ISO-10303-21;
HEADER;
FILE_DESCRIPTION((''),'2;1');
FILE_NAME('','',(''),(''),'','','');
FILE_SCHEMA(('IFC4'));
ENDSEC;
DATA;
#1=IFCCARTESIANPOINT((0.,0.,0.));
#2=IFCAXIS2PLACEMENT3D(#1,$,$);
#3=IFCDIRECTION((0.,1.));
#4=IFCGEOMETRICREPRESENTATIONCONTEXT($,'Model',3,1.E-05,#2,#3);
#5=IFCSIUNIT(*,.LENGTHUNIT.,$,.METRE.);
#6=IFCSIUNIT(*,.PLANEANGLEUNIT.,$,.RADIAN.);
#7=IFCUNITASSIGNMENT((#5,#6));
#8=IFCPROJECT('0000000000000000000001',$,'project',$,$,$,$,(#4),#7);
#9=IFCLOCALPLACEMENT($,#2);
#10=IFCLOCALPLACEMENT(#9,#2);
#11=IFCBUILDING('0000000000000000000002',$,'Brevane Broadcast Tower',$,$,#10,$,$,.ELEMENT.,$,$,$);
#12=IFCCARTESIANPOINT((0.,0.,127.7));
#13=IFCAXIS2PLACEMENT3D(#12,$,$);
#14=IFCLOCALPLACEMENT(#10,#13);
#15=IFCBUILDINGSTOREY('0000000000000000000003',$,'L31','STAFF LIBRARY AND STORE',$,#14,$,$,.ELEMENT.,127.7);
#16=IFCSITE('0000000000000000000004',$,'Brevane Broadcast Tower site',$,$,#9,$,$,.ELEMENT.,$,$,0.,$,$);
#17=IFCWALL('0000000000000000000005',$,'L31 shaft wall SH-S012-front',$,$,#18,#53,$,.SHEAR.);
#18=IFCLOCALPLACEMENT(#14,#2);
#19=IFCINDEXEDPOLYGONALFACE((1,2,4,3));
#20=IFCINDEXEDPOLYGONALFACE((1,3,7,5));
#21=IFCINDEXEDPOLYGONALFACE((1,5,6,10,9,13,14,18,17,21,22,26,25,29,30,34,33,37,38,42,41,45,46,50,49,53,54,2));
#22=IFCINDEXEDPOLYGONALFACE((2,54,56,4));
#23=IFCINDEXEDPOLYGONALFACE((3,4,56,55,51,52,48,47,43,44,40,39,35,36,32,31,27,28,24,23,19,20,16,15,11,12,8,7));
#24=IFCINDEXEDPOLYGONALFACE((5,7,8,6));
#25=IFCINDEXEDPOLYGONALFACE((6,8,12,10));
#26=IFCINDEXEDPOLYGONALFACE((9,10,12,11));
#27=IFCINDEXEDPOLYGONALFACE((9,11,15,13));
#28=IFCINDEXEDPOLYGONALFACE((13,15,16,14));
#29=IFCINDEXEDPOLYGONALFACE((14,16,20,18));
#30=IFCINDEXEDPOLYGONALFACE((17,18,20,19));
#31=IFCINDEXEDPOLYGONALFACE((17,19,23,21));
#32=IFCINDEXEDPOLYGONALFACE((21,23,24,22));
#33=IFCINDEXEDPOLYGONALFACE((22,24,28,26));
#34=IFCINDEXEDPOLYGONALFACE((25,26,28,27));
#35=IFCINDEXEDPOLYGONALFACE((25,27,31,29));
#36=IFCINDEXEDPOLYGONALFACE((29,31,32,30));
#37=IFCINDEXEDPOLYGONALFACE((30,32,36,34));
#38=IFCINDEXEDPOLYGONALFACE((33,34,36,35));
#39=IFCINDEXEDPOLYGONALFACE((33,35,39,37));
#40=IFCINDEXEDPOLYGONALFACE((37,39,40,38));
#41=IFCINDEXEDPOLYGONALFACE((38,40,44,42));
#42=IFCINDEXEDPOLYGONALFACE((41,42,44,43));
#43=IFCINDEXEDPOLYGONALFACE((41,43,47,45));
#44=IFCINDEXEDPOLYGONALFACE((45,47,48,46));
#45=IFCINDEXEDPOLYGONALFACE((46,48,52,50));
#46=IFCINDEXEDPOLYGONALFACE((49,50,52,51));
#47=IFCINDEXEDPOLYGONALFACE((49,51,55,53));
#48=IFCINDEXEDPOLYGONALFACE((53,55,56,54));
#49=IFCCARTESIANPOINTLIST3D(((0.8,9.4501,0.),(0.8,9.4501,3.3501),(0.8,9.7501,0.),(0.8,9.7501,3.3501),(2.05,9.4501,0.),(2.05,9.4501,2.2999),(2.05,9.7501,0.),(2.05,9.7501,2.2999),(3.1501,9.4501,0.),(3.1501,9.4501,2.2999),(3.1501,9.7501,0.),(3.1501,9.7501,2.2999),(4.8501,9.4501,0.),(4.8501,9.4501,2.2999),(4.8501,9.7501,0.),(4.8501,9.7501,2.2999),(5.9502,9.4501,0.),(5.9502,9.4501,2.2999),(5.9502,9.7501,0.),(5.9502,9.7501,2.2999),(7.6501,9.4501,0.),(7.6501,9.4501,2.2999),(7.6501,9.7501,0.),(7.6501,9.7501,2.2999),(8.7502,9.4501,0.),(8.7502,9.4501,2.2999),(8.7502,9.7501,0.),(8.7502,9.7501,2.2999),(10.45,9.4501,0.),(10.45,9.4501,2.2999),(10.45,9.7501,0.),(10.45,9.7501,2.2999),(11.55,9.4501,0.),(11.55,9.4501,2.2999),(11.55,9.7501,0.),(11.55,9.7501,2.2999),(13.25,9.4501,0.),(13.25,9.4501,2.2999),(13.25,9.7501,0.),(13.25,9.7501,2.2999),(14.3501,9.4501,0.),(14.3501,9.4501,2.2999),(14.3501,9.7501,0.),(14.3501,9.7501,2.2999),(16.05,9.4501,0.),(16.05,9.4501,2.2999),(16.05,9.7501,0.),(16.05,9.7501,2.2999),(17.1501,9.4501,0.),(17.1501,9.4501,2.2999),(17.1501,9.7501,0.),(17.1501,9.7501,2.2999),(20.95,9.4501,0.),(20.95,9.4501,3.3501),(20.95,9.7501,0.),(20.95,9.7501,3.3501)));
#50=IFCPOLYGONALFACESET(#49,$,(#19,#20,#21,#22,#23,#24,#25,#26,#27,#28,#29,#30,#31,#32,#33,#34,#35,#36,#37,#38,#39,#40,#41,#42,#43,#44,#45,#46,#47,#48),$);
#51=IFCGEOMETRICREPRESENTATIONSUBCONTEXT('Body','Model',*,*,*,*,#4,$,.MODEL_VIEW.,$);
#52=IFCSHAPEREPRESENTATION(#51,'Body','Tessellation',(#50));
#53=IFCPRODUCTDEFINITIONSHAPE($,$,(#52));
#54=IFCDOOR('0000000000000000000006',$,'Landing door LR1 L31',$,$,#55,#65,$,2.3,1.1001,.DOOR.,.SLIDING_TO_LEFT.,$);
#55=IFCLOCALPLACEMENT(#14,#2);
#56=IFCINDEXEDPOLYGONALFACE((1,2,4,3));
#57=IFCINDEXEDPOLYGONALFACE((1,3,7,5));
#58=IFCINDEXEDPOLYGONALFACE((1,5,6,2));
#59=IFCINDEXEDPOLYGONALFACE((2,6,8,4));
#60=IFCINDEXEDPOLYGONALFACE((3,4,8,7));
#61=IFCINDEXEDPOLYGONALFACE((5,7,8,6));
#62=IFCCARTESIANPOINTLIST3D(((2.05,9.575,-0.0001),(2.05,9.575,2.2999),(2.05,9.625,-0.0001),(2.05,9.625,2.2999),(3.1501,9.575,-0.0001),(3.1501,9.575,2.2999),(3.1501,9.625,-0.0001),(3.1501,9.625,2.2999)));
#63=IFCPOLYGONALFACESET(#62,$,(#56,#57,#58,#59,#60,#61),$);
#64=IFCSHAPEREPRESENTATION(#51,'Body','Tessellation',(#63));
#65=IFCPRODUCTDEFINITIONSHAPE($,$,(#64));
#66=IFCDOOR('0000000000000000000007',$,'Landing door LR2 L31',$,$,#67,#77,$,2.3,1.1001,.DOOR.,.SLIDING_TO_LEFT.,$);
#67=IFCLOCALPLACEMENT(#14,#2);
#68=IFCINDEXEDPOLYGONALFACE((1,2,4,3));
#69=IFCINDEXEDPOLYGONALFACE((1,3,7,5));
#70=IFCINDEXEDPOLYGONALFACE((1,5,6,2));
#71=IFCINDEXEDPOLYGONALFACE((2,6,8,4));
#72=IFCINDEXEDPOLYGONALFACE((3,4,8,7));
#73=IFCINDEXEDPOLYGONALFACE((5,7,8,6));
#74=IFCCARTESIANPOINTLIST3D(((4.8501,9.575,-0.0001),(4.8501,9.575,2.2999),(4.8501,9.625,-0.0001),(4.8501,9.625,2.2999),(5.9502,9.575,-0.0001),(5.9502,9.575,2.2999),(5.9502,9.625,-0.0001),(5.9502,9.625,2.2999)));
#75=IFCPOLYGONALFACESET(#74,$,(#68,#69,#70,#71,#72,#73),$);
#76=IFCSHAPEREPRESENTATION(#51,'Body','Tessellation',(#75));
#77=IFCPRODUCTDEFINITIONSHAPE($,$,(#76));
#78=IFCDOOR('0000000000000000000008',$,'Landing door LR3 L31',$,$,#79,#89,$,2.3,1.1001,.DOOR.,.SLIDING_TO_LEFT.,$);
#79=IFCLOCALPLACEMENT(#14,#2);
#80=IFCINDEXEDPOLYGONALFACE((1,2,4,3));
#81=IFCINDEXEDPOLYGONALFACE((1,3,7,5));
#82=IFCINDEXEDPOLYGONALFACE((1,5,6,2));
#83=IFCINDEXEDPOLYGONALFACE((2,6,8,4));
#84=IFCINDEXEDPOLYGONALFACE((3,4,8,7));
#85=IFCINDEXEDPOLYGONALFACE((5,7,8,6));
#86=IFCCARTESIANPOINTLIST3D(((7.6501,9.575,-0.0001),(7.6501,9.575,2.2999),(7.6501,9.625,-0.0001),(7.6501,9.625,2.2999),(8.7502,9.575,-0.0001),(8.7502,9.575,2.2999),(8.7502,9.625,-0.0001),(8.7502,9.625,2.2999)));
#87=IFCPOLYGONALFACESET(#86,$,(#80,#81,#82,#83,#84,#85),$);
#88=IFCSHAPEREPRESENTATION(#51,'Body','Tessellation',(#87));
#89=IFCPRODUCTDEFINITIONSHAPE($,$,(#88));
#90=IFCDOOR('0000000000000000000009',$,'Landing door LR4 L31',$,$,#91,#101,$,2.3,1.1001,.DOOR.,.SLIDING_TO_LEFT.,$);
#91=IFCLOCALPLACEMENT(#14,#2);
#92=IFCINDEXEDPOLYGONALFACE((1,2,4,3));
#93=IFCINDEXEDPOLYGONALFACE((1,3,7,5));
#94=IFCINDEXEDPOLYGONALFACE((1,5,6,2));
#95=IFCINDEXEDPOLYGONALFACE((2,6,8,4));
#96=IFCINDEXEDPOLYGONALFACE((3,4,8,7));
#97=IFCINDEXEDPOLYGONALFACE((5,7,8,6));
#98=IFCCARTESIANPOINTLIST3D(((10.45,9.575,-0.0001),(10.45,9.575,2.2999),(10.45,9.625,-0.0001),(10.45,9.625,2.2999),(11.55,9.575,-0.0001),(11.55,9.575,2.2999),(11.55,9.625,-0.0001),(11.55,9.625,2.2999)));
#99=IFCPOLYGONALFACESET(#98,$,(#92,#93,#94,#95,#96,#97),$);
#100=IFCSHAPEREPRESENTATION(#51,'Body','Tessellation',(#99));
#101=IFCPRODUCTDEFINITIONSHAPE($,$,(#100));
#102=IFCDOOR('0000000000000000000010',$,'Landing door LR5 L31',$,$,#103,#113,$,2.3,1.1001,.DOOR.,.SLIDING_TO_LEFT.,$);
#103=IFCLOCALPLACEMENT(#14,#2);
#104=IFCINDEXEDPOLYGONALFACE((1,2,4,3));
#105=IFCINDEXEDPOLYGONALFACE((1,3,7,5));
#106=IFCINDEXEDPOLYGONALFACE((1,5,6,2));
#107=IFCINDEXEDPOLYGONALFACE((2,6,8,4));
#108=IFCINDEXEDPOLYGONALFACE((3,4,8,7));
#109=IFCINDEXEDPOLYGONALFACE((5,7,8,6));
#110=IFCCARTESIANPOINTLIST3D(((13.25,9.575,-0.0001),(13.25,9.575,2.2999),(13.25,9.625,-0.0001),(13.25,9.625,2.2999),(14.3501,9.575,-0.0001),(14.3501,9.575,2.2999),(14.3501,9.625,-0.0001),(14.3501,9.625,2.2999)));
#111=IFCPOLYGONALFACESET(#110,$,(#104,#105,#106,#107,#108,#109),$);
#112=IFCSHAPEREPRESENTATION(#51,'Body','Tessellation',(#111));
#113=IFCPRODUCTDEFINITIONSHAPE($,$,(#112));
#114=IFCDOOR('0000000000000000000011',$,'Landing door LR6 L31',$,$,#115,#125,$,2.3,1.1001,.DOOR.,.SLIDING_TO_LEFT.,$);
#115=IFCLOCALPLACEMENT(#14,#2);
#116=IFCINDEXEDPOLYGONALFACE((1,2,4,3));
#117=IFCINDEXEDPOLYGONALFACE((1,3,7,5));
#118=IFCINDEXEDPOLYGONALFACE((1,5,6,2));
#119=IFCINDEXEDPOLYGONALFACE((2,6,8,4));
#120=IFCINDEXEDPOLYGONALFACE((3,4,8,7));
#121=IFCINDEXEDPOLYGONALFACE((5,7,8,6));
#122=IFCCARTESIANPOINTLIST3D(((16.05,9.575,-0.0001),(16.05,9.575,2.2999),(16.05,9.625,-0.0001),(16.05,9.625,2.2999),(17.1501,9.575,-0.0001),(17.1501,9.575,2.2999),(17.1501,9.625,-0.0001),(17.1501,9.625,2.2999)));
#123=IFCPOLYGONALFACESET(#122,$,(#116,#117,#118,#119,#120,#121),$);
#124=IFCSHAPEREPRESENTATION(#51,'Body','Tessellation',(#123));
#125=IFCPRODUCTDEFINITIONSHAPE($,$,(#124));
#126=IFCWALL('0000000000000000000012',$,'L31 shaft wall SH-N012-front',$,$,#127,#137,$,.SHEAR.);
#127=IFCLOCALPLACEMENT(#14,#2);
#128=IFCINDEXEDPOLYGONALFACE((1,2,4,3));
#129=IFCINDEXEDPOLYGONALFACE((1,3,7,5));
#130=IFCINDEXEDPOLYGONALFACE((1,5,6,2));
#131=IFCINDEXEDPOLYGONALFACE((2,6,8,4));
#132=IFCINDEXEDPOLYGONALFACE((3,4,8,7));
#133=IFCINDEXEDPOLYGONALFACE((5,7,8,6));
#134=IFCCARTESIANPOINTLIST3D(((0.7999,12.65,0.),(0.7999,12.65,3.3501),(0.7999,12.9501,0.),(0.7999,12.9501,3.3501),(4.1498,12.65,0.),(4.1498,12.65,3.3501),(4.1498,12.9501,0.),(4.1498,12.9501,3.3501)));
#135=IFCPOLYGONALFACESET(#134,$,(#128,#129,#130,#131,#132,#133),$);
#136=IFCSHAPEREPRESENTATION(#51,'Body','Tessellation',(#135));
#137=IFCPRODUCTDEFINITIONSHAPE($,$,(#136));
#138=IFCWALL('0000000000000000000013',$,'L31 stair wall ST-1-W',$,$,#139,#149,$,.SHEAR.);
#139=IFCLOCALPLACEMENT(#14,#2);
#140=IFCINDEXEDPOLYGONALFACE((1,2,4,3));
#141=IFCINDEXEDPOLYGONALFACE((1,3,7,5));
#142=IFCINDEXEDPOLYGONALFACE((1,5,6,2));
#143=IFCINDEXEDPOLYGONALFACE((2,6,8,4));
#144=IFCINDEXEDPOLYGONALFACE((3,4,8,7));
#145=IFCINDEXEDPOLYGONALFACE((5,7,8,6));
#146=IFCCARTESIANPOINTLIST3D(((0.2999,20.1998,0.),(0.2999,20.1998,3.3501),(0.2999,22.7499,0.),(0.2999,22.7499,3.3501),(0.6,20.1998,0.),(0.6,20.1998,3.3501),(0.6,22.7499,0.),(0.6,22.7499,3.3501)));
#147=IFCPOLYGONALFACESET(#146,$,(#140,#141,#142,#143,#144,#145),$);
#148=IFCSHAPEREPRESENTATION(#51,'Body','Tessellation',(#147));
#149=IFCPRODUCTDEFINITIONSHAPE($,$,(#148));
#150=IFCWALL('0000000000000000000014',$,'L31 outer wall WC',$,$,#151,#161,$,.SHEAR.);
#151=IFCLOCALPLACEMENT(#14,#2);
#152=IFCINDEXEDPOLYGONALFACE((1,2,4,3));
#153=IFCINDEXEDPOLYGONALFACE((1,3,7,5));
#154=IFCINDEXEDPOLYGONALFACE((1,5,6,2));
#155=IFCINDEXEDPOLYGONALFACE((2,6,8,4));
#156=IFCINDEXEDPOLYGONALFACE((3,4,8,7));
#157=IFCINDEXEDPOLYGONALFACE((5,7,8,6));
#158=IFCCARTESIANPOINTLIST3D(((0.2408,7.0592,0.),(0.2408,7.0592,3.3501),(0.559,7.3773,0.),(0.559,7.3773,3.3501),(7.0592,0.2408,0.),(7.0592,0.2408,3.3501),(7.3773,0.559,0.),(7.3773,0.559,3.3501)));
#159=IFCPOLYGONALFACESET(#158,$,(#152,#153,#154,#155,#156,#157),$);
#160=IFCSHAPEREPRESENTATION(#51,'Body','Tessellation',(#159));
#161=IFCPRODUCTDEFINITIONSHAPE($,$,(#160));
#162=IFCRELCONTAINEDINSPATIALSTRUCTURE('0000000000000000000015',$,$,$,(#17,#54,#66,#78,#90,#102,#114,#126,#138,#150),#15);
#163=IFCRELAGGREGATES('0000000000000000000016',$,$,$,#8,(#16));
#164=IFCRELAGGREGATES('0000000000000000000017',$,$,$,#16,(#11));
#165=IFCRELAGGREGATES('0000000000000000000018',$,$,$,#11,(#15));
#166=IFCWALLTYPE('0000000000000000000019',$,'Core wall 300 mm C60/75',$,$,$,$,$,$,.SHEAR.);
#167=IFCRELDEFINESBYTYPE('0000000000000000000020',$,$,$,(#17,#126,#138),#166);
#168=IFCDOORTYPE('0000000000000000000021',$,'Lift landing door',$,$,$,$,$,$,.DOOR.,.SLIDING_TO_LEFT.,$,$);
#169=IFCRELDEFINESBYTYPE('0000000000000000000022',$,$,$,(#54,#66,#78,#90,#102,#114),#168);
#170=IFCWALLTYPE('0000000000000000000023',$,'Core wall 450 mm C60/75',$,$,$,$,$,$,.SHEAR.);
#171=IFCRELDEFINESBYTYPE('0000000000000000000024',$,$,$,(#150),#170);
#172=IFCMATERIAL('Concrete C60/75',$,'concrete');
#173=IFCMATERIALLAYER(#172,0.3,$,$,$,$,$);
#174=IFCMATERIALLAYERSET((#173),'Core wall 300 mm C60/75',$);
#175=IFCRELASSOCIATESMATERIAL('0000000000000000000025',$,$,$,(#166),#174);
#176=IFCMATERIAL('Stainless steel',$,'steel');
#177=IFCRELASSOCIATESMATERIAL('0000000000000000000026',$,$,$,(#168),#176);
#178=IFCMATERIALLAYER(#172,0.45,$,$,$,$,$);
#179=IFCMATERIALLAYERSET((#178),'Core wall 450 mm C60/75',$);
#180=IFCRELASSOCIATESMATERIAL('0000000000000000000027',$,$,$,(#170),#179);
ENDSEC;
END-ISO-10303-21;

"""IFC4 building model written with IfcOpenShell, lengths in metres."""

from ifc_helpers import new_model, si_unit, direction, frame, frame_2d, origin, place, context, subcontext, project, spatial, rectangle, extrude, material, layer, layer_set, type_object, element, fill, save


model = new_model("IFC4")

# Units and contexts
model_context = context("Model", 3, precision=1e-05, world=origin(), true_north=direction((0.0, 1.0)))
body_context = subcontext(model_context, "Body", "Model", "MODEL_VIEW")
ifc_project = project(units=[si_unit("LENGTHUNIT", "METRE"), si_unit("PLANEANGLEUNIT", "RADIAN")], contexts=[model_context])

# Site, building, storey
site_placement = place(None, origin())
site = spatial("IfcSite", under=ifc_project, at=site_placement, Name="Brevane Broadcast Tower site", CompositionType="ELEMENT", RefElevation=0.0)
building_placement = place(site_placement, origin())
building = spatial("IfcBuilding", under=site, at=building_placement, Name="Brevane Broadcast Tower", CompositionType="ELEMENT")
storey_placement = place(building_placement, frame((0.0, 0.0, 127.7)))
storey = spatial("IfcBuildingStorey", under=building, at=storey_placement, Name="L31", Description="STAFF LIBRARY AND STORE", CompositionType="ELEMENT", Elevation=127.7)

# Wall, openings, doors
ifc_material_1 = material(Name="Concrete C60/75", Category="concrete")
ifc_layer_1 = layer(ifc_material_1, 0.3)
ifc_layer_set_1 = layer_set([ifc_layer_1], Name="Core wall 300 mm C60/75")
wall_type_1 = type_object("IfcWallType", Name="Core wall 300 mm C60/75", PredefinedType="SHEAR", material=ifc_layer_set_1)
wall_1_placement = place(storey_placement, frame((0.8, 9.6001, 0.0), z_axis=(0.0, 0.0, 1.0), x_axis=(1.0, 0.0, 0.0)))
wall_1 = element("IfcWall", 1, at=wall_1_placement, inside=storey, type_object=wall_type_1, Name="L31 shaft wall SH-S012-front", PredefinedType="SHEAR", context=body_context, shape_type="SweptSolid", body=[
    extrude(rectangle(XDim=20.1499, YDim=0.3, at=frame_2d((10.075, 0.0))), origin(), (0.0, 0.0, 1.0), 3.3501),
])
opening_1_placement = place(wall_1_placement, frame((1.25, 0.0, 0.0)))
opening_1 = element("IfcOpeningElement", 2, at=opening_1_placement, cuts=wall_1, PredefinedType="OPENING", context=body_context, shape_type="SweptSolid", body=[
    extrude(rectangle(XDim=1.1001, YDim=2.3, at=frame_2d((0.55, 1.1499))), frame((0.0, 0.1599, 0.0), z_axis=(0.0, -1.0, 0.0), x_axis=(1.0, 0.0, 0.0)), (0.0, 0.0, 1.0), 0.3201),
])
opening_2_placement = place(wall_1_placement, frame((4.05, 0.0, 0.0)))
opening_2 = element("IfcOpeningElement", 3, at=opening_2_placement, cuts=wall_1, PredefinedType="OPENING", context=body_context, shape_type="SweptSolid", body=[
    extrude(rectangle(XDim=1.1001, YDim=2.3, at=frame_2d((0.55, 1.1499))), frame((0.0, 0.1599, 0.0), z_axis=(0.0, -1.0, 0.0), x_axis=(1.0, 0.0, 0.0)), (0.0, 0.0, 1.0), 0.3201),
])
opening_3_placement = place(wall_1_placement, frame((6.8501, 0.0, 0.0)))
opening_3 = element("IfcOpeningElement", 4, at=opening_3_placement, cuts=wall_1, PredefinedType="OPENING", context=body_context, shape_type="SweptSolid", body=[
    extrude(rectangle(XDim=1.1001, YDim=2.3, at=frame_2d((0.55, 1.1499))), frame((0.0, 0.1599, 0.0), z_axis=(0.0, -1.0, 0.0), x_axis=(1.0, 0.0, 0.0)), (0.0, 0.0, 1.0), 0.3201),
])
opening_4_placement = place(wall_1_placement, frame((9.6499, 0.0, 0.0)))
opening_4 = element("IfcOpeningElement", 5, at=opening_4_placement, cuts=wall_1, PredefinedType="OPENING", context=body_context, shape_type="SweptSolid", body=[
    extrude(rectangle(XDim=1.1001, YDim=2.3, at=frame_2d((0.55, 1.1499))), frame((0.0, 0.1599, 0.0), z_axis=(0.0, -1.0, 0.0), x_axis=(1.0, 0.0, 0.0)), (0.0, 0.0, 1.0), 0.3201),
])
opening_5_placement = place(wall_1_placement, frame((12.45, 0.0, 0.0)))
opening_5 = element("IfcOpeningElement", 6, at=opening_5_placement, cuts=wall_1, PredefinedType="OPENING", context=body_context, shape_type="SweptSolid", body=[
    extrude(rectangle(XDim=1.1001, YDim=2.3, at=frame_2d((0.55, 1.1499))), frame((0.0, 0.1599, 0.0), z_axis=(0.0, -1.0, 0.0), x_axis=(1.0, 0.0, 0.0)), (0.0, 0.0, 1.0), 0.3201),
])
opening_6_placement = place(wall_1_placement, frame((15.25, 0.0, 0.0)))
opening_6 = element("IfcOpeningElement", 7, at=opening_6_placement, cuts=wall_1, PredefinedType="OPENING", context=body_context, shape_type="SweptSolid", body=[
    extrude(rectangle(XDim=1.1001, YDim=2.3, at=frame_2d((0.55, 1.1499))), frame((0.0, 0.1599, 0.0), z_axis=(0.0, -1.0, 0.0), x_axis=(1.0, 0.0, 0.0)), (0.0, 0.0, 1.0), 0.3201),
])
ifc_material_2 = material(Name="Stainless steel", Category="steel")
door_type = type_object("IfcDoorType", Name="Lift landing door", OperationType="SLIDING_TO_LEFT", PredefinedType="DOOR", material=ifc_material_2)
door_1_placement = place(opening_1_placement, origin())
door_1 = element("IfcDoor", 8, at=door_1_placement, inside=storey, type_object=door_type, Name="Landing door LR1 L31", OperationType="SLIDING_TO_LEFT", OverallHeight=2.3, OverallWidth=1.1001, PredefinedType="DOOR", context=body_context, shape_type="SweptSolid", body=[
    extrude(rectangle(XDim=1.1001, YDim=2.3, at=frame_2d((0.55, 1.1499))), frame((0.0, 0.0249, 0.0), z_axis=(0.0, -1.0, 0.0), x_axis=(1.0, 0.0, 0.0)), (0.0, 0.0, 1.0), 0.05),
])
fill(opening_1, door_1)
door_2_placement = place(opening_2_placement, origin())
door_2 = element("IfcDoor", 9, at=door_2_placement, inside=storey, type_object=door_type, Name="Landing door LR2 L31", OperationType="SLIDING_TO_LEFT", OverallHeight=2.3, OverallWidth=1.1001, PredefinedType="DOOR", context=body_context, shape_type="SweptSolid", body=[
    extrude(rectangle(XDim=1.1001, YDim=2.3, at=frame_2d((0.55, 1.1499))), frame((0.0, 0.0249, 0.0), z_axis=(0.0, -1.0, 0.0), x_axis=(1.0, 0.0, 0.0)), (0.0, 0.0, 1.0), 0.05),
])
fill(opening_2, door_2)
door_3_placement = place(opening_3_placement, origin())
door_3 = element("IfcDoor", 10, at=door_3_placement, inside=storey, type_object=door_type, Name="Landing door LR3 L31", OperationType="SLIDING_TO_LEFT", OverallHeight=2.3, OverallWidth=1.1001, PredefinedType="DOOR", context=body_context, shape_type="SweptSolid", body=[
    extrude(rectangle(XDim=1.1001, YDim=2.3, at=frame_2d((0.55, 1.1499))), frame((0.0, 0.0249, 0.0), z_axis=(0.0, -1.0, 0.0), x_axis=(1.0, 0.0, 0.0)), (0.0, 0.0, 1.0), 0.05),
])
fill(opening_3, door_3)
door_4_placement = place(opening_4_placement, origin())
door_4 = element("IfcDoor", 11, at=door_4_placement, inside=storey, type_object=door_type, Name="Landing door LR4 L31", OperationType="SLIDING_TO_LEFT", OverallHeight=2.3, OverallWidth=1.1001, PredefinedType="DOOR", context=body_context, shape_type="SweptSolid", body=[
    extrude(rectangle(XDim=1.1001, YDim=2.3, at=frame_2d((0.55, 1.1499))), frame((0.0, 0.0249, 0.0), z_axis=(0.0, -1.0, 0.0), x_axis=(1.0, 0.0, 0.0)), (0.0, 0.0, 1.0), 0.05),
])
fill(opening_4, door_4)
door_5_placement = place(opening_5_placement, origin())
door_5 = element("IfcDoor", 12, at=door_5_placement, inside=storey, type_object=door_type, Name="Landing door LR5 L31", OperationType="SLIDING_TO_LEFT", OverallHeight=2.3, OverallWidth=1.1001, PredefinedType="DOOR", context=body_context, shape_type="SweptSolid", body=[
    extrude(rectangle(XDim=1.1001, YDim=2.3, at=frame_2d((0.55, 1.1499))), frame((0.0, 0.0249, 0.0), z_axis=(0.0, -1.0, 0.0), x_axis=(1.0, 0.0, 0.0)), (0.0, 0.0, 1.0), 0.05),
])
fill(opening_5, door_5)
door_6_placement = place(opening_6_placement, origin())
door_6 = element("IfcDoor", 13, at=door_6_placement, inside=storey, type_object=door_type, Name="Landing door LR6 L31", OperationType="SLIDING_TO_LEFT", OverallHeight=2.3, OverallWidth=1.1001, PredefinedType="DOOR", context=body_context, shape_type="SweptSolid", body=[
    extrude(rectangle(XDim=1.1001, YDim=2.3, at=frame_2d((0.55, 1.1499))), frame((0.0, 0.0249, 0.0), z_axis=(0.0, -1.0, 0.0), x_axis=(1.0, 0.0, 0.0)), (0.0, 0.0, 1.0), 0.05),
])
fill(opening_6, door_6)

# Walls
wall_2_placement = place(storey_placement, frame((0.8, 12.8, 0.0), z_axis=(0.0, 0.0, 1.0), x_axis=(1.0, 0.0, 0.0)))
element("IfcWall", 14, at=wall_2_placement, inside=storey, type_object=wall_type_1, Name="L31 shaft wall SH-N012-front", PredefinedType="SHEAR", context=body_context, shape_type="SweptSolid", body=[
    extrude(rectangle(XDim=3.3499, YDim=0.3, at=frame_2d((1.6748, 0.0))), origin(), (0.0, 0.0, 1.0), 3.3501),
])
wall_3_placement = place(storey_placement, frame((0.45, 20.2, 0.0), z_axis=(0.0, 0.0, 1.0), x_axis=(0.0, 1.0, 0.0)))
element("IfcWall", 15, at=wall_3_placement, inside=storey, type_object=wall_type_1, Name="L31 stair wall ST-1-W", PredefinedType="SHEAR", context=body_context, shape_type="SweptSolid", body=[
    extrude(rectangle(XDim=2.55, YDim=0.3, at=frame_2d((1.2749, 0.0))), origin(), (0.0, 0.0, 1.0), 3.3501),
])
ifc_layer_2 = layer(ifc_material_1, 0.45)
ifc_layer_set_2 = layer_set([ifc_layer_2], Name="Core wall 450 mm C60/75")
wall_type_2 = type_object("IfcWallType", Name="Core wall 450 mm C60/75", PredefinedType="SHEAR", material=ifc_layer_set_2)
wall_4_placement = place(storey_placement, frame((0.3999, 7.2183, 0.0), z_axis=(0.0, 0.0, 1.0), x_axis=(0.707107, -0.707107, 0.0)))
element("IfcWall", 16, at=wall_4_placement, inside=storey, type_object=wall_type_2, Name="L31 outer wall WC", PredefinedType="SHEAR", context=body_context, shape_type="SweptSolid", body=[
    extrude(rectangle(XDim=9.6426, YDim=0.45, at=frame_2d((4.8213, 0.0))), origin(), (0.0, 0.0, 1.0), 3.3501),
])

save(model, "model.ifc")
